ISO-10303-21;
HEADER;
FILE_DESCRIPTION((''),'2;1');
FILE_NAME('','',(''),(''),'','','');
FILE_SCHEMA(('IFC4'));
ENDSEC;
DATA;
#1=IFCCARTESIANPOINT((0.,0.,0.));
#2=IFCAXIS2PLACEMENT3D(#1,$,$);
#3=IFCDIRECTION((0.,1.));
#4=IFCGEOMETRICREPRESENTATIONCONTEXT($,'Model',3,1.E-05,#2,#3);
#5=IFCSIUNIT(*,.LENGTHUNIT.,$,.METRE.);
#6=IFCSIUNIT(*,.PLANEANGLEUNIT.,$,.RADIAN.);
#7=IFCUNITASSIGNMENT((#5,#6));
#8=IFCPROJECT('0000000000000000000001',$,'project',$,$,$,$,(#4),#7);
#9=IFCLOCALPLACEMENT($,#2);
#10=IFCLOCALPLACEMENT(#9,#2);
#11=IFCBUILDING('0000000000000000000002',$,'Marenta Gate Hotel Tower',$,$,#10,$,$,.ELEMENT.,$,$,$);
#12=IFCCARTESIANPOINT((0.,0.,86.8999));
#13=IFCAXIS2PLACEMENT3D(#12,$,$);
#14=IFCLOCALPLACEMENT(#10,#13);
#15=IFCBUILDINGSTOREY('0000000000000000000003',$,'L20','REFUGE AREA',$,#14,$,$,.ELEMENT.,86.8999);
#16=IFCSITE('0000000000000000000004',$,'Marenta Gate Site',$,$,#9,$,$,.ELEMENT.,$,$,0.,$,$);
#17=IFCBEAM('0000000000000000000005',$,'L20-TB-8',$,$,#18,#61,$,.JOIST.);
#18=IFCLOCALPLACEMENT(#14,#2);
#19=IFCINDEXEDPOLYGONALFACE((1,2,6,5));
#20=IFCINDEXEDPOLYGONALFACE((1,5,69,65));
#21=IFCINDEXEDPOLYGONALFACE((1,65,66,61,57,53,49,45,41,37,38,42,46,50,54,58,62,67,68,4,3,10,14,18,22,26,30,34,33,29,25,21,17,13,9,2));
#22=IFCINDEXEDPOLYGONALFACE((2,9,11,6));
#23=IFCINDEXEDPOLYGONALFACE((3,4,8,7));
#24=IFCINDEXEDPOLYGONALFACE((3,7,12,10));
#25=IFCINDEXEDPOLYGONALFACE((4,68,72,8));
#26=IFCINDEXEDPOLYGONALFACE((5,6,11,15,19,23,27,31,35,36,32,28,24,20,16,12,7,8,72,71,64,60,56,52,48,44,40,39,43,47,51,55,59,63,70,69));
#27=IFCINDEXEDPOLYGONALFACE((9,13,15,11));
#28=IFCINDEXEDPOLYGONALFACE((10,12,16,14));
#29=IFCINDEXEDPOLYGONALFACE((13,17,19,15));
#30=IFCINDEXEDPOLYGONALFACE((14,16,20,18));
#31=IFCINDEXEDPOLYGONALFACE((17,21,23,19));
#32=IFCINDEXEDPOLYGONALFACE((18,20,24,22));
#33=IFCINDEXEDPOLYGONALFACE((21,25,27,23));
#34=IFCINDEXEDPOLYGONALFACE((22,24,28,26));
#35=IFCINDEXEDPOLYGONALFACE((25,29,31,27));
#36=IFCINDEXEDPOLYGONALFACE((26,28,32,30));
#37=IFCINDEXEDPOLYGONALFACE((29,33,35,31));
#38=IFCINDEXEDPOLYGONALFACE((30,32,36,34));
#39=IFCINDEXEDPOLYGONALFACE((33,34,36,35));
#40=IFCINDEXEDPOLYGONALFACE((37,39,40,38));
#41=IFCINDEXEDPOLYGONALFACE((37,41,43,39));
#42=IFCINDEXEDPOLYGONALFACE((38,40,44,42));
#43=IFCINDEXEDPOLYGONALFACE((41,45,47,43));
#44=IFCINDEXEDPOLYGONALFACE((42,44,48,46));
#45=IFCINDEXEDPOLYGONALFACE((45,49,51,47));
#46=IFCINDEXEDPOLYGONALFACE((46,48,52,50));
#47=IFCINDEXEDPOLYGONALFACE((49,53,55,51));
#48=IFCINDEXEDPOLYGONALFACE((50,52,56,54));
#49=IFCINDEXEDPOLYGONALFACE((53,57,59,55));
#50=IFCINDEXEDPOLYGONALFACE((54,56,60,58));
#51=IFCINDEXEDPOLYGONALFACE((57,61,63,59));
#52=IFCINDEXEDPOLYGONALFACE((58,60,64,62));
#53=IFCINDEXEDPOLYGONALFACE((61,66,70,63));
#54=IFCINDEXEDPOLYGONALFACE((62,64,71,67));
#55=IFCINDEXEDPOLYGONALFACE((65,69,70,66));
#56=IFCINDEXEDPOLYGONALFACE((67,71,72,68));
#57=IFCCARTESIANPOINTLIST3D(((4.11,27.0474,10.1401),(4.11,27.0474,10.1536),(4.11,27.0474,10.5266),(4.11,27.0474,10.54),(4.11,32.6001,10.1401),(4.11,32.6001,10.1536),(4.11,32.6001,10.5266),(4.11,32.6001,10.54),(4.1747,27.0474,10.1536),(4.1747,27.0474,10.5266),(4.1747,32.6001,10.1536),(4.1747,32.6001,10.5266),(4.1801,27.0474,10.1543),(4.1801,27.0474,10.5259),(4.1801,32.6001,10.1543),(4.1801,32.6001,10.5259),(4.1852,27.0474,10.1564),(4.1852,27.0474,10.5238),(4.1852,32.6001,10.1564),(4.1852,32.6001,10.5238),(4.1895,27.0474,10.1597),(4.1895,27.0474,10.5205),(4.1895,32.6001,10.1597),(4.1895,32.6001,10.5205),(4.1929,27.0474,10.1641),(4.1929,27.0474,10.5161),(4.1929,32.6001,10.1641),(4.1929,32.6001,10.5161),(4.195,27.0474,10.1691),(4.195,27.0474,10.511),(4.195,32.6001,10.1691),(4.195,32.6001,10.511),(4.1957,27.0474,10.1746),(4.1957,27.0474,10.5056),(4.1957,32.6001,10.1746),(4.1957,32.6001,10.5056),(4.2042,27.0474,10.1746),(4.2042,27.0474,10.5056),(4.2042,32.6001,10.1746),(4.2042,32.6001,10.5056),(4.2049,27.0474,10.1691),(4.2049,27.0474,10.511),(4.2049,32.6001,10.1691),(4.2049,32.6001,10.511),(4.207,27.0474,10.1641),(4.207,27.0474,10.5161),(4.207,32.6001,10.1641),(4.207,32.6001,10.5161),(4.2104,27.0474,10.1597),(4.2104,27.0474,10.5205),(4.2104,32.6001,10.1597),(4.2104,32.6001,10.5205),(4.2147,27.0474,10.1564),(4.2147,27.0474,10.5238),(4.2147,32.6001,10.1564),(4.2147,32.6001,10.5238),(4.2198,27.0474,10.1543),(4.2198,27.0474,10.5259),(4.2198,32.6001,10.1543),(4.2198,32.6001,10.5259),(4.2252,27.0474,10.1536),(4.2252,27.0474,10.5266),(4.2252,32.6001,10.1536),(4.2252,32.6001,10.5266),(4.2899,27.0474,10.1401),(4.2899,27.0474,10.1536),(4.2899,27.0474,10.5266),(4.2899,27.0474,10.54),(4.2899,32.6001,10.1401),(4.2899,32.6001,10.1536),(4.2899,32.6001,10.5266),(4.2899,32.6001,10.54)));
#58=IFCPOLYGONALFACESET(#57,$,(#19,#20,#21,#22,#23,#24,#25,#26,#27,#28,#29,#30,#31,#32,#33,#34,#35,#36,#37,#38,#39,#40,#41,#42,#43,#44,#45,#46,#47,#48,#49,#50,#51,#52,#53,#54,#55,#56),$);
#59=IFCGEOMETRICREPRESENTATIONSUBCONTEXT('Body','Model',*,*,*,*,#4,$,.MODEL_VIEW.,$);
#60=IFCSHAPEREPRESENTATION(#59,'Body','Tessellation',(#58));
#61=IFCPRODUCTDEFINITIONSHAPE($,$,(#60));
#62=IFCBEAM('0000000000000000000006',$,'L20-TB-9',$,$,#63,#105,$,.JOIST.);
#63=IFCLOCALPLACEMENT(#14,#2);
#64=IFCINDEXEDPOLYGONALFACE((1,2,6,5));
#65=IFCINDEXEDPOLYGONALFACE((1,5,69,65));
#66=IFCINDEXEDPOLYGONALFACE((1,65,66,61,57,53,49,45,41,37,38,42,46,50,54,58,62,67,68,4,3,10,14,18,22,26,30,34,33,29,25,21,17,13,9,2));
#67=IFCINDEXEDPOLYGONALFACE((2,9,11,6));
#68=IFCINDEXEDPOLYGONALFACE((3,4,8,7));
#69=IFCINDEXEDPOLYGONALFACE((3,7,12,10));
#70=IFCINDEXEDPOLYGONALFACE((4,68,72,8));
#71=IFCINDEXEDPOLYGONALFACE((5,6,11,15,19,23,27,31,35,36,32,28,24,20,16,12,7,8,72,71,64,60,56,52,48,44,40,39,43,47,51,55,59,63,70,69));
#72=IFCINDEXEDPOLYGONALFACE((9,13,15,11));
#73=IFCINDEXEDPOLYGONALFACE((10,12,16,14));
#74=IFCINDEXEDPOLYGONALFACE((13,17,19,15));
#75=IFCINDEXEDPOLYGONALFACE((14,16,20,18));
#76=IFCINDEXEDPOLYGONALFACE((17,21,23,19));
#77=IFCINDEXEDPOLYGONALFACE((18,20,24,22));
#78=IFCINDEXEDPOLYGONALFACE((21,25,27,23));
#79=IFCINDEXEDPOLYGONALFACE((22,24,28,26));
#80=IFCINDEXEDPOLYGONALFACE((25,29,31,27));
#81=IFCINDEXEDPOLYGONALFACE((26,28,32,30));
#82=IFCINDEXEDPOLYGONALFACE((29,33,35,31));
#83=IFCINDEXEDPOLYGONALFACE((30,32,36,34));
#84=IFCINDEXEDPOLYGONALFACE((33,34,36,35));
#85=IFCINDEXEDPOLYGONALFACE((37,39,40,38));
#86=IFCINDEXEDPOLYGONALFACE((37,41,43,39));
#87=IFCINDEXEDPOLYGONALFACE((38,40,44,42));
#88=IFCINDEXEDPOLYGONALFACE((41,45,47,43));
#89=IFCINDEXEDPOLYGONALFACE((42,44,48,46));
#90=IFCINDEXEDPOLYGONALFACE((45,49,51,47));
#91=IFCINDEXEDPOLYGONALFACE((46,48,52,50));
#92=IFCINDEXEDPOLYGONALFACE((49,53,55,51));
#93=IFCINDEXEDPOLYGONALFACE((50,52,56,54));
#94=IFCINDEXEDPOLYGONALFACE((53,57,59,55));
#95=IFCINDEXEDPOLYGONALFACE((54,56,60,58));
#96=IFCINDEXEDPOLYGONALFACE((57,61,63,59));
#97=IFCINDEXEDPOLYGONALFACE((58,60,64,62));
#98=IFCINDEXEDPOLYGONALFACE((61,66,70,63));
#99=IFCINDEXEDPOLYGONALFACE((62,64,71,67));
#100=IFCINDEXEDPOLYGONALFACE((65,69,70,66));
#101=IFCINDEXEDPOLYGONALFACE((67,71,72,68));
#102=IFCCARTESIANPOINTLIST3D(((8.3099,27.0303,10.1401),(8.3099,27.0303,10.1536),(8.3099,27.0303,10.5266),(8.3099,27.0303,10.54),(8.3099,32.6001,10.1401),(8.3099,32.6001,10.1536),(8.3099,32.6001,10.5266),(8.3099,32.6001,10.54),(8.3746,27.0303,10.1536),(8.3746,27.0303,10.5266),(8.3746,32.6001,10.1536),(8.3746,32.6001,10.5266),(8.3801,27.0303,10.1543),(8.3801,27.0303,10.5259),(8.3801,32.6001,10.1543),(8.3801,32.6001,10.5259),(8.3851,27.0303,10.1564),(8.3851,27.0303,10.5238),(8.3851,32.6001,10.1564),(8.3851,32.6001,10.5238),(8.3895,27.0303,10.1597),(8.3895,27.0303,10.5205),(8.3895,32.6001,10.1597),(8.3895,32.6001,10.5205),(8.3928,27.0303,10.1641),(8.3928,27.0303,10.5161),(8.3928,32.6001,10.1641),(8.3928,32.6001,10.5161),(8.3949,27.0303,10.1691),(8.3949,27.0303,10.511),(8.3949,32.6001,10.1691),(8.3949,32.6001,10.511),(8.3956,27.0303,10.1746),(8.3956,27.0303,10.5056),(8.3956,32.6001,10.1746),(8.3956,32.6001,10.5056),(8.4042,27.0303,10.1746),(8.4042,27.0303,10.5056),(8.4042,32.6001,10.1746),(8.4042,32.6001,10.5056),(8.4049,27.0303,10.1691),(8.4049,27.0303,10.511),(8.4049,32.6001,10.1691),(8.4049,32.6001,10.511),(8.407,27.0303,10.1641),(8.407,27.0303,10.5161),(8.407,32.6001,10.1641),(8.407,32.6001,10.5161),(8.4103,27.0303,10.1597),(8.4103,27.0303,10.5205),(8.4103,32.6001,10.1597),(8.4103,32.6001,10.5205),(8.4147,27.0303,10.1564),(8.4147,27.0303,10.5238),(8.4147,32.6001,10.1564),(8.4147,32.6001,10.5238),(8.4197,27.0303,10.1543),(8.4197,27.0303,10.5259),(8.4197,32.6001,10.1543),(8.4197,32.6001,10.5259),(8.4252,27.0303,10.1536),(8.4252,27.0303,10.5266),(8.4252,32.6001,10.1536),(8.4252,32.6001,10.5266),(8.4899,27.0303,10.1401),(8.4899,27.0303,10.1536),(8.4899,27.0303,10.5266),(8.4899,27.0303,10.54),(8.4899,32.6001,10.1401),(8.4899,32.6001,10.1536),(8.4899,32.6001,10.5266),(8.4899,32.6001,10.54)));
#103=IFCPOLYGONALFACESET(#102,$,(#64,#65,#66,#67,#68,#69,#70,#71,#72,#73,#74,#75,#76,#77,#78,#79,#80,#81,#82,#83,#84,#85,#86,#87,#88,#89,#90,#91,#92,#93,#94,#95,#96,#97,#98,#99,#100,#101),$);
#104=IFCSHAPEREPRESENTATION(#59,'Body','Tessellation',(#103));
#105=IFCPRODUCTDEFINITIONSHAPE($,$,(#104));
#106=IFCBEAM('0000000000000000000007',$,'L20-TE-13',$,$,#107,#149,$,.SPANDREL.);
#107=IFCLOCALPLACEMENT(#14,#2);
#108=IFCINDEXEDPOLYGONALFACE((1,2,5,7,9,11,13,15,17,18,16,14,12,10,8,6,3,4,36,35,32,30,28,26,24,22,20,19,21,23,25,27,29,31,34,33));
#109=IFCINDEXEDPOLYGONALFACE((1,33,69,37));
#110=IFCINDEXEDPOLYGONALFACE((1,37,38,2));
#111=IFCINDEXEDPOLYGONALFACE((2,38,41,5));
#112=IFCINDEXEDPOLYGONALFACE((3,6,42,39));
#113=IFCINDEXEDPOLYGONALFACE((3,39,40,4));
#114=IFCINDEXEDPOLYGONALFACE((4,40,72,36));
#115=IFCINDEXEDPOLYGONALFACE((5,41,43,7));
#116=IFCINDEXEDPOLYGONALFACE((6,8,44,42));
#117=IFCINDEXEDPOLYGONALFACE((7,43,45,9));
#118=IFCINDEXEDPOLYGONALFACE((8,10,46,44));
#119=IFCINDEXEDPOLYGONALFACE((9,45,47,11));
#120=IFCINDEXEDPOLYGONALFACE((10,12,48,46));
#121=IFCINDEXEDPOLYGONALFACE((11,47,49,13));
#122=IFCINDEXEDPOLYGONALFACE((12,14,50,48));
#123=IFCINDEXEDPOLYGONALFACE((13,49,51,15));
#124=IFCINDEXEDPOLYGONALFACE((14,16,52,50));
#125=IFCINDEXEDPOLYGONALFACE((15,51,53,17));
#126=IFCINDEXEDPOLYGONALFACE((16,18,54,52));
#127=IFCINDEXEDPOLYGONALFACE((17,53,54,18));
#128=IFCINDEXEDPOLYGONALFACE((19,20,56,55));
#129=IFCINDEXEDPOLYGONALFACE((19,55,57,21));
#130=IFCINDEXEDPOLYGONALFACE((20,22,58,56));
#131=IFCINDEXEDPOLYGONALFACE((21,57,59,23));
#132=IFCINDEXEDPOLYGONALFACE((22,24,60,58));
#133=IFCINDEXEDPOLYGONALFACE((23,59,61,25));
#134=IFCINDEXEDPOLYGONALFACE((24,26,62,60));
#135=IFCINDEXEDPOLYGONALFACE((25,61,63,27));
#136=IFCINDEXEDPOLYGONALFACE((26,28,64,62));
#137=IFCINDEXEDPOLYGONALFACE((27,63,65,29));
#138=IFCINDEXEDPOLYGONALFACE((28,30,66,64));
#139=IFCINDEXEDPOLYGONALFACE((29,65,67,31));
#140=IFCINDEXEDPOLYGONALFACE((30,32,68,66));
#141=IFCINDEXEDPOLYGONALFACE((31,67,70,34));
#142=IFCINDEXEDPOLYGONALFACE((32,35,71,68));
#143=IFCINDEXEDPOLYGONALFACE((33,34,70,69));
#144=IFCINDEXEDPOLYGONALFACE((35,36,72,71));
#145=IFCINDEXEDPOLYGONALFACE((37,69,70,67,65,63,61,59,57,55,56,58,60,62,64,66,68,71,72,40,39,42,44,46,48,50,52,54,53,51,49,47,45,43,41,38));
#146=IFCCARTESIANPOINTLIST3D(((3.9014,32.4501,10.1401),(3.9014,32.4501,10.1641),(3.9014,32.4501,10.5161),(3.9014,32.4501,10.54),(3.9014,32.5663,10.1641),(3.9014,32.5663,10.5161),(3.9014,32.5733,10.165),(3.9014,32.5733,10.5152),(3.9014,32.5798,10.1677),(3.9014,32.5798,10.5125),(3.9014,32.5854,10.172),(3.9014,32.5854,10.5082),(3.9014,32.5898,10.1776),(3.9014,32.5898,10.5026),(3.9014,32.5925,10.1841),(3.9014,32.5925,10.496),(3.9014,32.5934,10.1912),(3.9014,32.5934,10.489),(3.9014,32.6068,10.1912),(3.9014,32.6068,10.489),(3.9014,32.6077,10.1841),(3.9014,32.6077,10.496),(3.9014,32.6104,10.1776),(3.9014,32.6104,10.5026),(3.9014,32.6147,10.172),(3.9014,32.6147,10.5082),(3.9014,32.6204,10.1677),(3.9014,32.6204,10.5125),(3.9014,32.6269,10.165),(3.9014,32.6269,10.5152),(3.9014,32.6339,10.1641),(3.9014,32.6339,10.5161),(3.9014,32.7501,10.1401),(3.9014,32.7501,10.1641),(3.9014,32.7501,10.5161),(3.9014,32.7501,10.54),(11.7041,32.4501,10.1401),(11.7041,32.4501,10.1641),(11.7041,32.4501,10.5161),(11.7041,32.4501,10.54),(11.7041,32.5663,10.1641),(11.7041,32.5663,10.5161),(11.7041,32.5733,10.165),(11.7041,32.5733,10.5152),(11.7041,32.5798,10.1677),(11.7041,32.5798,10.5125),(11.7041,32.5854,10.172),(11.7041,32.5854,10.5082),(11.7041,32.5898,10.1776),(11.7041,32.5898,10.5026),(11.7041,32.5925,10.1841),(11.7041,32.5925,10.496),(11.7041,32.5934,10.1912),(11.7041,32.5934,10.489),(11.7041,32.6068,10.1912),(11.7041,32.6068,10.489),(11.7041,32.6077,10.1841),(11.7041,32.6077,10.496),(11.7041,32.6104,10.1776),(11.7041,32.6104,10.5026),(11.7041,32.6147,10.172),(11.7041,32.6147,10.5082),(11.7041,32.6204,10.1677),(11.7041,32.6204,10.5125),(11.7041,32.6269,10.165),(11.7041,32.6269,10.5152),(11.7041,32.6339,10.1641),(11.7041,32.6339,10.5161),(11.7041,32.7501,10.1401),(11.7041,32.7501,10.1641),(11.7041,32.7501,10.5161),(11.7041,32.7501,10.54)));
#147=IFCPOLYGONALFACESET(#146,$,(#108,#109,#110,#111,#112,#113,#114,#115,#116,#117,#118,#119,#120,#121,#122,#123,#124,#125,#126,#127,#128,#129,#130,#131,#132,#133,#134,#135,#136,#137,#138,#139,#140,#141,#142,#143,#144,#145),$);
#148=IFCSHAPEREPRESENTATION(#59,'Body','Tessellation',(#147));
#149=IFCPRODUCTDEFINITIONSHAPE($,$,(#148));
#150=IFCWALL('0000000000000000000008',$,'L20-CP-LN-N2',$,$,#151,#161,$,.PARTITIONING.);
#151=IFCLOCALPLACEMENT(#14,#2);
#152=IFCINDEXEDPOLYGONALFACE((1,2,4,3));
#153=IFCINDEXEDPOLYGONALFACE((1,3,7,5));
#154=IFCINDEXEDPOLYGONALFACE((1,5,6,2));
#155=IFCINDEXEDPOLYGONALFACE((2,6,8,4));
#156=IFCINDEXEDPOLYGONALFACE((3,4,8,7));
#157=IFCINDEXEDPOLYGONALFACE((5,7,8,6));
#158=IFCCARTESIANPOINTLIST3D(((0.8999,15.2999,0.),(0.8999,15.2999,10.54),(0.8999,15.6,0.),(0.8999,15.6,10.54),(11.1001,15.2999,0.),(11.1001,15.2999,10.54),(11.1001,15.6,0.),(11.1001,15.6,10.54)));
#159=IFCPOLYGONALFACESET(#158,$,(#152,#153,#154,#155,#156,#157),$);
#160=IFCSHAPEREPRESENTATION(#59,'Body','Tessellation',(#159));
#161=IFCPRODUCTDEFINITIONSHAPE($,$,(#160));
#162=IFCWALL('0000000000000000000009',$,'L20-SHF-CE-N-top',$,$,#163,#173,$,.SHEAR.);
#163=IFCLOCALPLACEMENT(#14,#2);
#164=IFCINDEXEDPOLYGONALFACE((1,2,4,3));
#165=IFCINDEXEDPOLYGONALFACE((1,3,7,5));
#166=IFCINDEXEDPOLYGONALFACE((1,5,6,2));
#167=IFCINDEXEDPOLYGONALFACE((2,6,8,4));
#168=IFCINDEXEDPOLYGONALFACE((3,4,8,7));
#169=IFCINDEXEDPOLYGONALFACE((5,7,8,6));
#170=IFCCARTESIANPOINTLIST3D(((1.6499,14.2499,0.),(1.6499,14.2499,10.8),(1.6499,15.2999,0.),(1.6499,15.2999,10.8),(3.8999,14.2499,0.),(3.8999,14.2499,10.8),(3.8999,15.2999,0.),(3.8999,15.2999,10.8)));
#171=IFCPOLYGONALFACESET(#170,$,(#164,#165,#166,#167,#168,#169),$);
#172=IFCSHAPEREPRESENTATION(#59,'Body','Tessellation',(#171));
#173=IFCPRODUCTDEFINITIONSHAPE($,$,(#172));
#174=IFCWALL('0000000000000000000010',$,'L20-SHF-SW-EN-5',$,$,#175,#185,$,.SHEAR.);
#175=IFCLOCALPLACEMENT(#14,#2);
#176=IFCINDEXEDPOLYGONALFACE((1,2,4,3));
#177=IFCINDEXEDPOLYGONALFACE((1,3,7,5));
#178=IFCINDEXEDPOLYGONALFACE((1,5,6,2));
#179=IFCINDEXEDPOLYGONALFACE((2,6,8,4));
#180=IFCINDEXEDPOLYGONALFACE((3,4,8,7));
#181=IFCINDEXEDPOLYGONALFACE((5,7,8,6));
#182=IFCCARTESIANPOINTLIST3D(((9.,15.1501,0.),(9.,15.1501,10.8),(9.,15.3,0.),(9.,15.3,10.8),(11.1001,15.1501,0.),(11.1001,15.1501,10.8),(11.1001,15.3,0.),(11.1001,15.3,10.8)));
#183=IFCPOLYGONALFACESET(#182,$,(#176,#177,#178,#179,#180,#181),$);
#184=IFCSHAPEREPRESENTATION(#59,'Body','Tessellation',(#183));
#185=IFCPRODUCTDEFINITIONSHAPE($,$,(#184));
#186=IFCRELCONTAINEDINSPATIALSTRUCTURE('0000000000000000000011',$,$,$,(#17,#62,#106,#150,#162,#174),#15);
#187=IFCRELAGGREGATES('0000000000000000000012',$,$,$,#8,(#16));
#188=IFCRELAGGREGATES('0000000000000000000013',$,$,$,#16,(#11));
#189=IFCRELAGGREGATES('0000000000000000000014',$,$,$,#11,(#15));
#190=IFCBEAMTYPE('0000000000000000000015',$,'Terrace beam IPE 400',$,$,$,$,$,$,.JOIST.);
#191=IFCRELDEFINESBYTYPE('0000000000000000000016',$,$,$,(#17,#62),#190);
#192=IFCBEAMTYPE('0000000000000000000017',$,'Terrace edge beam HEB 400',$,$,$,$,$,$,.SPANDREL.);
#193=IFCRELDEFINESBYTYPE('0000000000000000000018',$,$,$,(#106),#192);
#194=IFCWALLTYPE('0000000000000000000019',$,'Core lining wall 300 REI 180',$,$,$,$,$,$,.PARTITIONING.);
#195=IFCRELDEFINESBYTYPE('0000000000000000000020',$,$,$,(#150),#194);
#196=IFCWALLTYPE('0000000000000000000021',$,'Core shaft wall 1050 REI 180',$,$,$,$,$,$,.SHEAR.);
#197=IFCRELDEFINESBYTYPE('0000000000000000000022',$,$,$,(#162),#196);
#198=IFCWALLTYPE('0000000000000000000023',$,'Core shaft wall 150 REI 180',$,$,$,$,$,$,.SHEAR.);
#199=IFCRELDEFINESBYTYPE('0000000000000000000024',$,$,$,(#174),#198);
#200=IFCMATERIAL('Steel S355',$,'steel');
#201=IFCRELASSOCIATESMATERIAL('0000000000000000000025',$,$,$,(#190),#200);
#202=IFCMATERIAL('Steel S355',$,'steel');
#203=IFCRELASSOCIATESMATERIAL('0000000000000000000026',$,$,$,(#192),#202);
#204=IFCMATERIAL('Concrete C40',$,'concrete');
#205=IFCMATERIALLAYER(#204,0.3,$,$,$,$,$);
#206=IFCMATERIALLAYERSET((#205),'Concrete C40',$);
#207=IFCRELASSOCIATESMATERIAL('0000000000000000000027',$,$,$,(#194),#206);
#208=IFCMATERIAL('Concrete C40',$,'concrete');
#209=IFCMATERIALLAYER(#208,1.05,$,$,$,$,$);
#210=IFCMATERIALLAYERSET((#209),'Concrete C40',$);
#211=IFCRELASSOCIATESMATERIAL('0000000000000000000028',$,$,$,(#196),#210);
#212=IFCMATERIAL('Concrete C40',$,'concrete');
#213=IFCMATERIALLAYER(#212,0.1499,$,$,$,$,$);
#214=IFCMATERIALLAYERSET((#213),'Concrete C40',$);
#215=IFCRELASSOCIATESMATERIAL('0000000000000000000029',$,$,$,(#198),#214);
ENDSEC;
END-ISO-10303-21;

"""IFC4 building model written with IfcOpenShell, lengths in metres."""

from ifc_helpers import new_model, si_unit, direction, frame, frame_2d, origin, origin_2d, place, context, subcontext, project, spatial, rectangle, i_section, extrude, material, layer, layer_set, material_profile, profile_set, type_object, element, save


model = new_model("IFC4")

# Units and contexts
model_context = context("Model", 3, precision=1e-05, world=origin(), true_north=direction((0.0, 1.0)))
body_context = subcontext(model_context, "Body", "Model", "MODEL_VIEW")
ifc_project = project(units=[si_unit("LENGTHUNIT", "METRE"), si_unit("PLANEANGLEUNIT", "RADIAN")], contexts=[model_context])

# Site, building, storey
site_placement = place(None, origin())
site = spatial("IfcSite", under=ifc_project, at=site_placement, Name="Marenta Gate Site", CompositionType="ELEMENT", RefElevation=0.0)
building_placement = place(site_placement, origin())
building = spatial("IfcBuilding", under=site, at=building_placement, Name="Marenta Gate Hotel Tower", CompositionType="ELEMENT")
storey_placement = place(building_placement, frame((0.0, 0.0, 86.8999)))
storey = spatial("IfcBuildingStorey", under=building, at=storey_placement, Name="L20", Description="REFUGE AREA", CompositionType="ELEMENT", Elevation=86.8999)

# Beams
ifc_material_1 = material(Name="Steel S355", Category="steel")
ifc_material_profile_1 = material_profile(ifc_material_1, i_section(OverallWidth=0.1799, OverallDepth=0.3999, WebThickness=0.0085, FlangeThickness=0.0134, FilletRadius=0.021, at=origin_2d()), Name="IPE 400")
ifc_profile_set_1 = profile_set([ifc_material_profile_1], Name="Steel S355")
beam_type_1 = type_object("IfcBeamType", Name="Terrace beam IPE 400", PredefinedType="JOIST", material=ifc_profile_set_1)
beam_1_placement = place(storey_placement, frame((4.2, 27.0474, 10.3401), z_axis=(0.0, 1.0, 0.0), x_axis=(-1.0, 0.0, 0.0)))
element("IfcBeam", 1, at=beam_1_placement, inside=storey, type_object=beam_type_1, Name="L20-TB-8", PredefinedType="JOIST", context=body_context, shape_type="SweptSolid", body=[
    extrude(i_section(OverallWidth=0.1799, OverallDepth=0.3999, WebThickness=0.0085, FlangeThickness=0.0134, FilletRadius=0.021, at=origin_2d()), origin(), (0.0, 0.0, 1.0), 5.5527),
])
beam_2_placement = place(storey_placement, frame((8.3999, 27.0303, 10.3401), z_axis=(0.0, 1.0, 0.0), x_axis=(-1.0, 0.0, 0.0)))
element("IfcBeam", 2, at=beam_2_placement, inside=storey, type_object=beam_type_1, Name="L20-TB-9", PredefinedType="JOIST", context=body_context, shape_type="SweptSolid", body=[
    extrude(i_section(OverallWidth=0.1799, OverallDepth=0.3999, WebThickness=0.0085, FlangeThickness=0.0134, FilletRadius=0.021, at=origin_2d()), origin(), (0.0, 0.0, 1.0), 5.5698),
])
ifc_material_2 = material(Name="Steel S355", Category="steel")
ifc_material_profile_2 = material_profile(ifc_material_2, i_section(OverallWidth=0.3, OverallDepth=0.3999, WebThickness=0.0134, FlangeThickness=0.0239, FilletRadius=0.0271, at=origin_2d()), Name="HEB 400")
ifc_profile_set_2 = profile_set([ifc_material_profile_2], Name="Steel S355")
beam_type_2 = type_object("IfcBeamType", Name="Terrace edge beam HEB 400", PredefinedType="SPANDREL", material=ifc_profile_set_2)
beam_3_placement = place(storey_placement, frame((3.9014, 32.6001, 10.3401), z_axis=(1.0, 0.0, 0.0), x_axis=(0.0, 1.0, 0.0)))
element("IfcBeam", 3, at=beam_3_placement, inside=storey, type_object=beam_type_2, Name="L20-TE-13", PredefinedType="SPANDREL", context=body_context, shape_type="SweptSolid", body=[
    extrude(i_section(OverallWidth=0.3, OverallDepth=0.3999, WebThickness=0.0134, FlangeThickness=0.0239, FilletRadius=0.0271, at=origin_2d()), origin(), (0.0, 0.0, 1.0), 7.8027),
])

# Walls
ifc_material_3 = material(Name="Concrete C40", Category="concrete")
ifc_layer_1 = layer(ifc_material_3, 0.3)
ifc_layer_set_1 = layer_set([ifc_layer_1], Name="Concrete C40")
wall_type_1 = type_object("IfcWallType", Name="Core lining wall 300 REI 180", PredefinedType="PARTITIONING", material=ifc_layer_set_1)
wall_1_placement = place(storey_placement, frame((0.8999, 15.45, 0.0), z_axis=(0.0, 0.0, 1.0), x_axis=(1.0, 0.0, 0.0)))
element("IfcWall", 4, at=wall_1_placement, inside=storey, type_object=wall_type_1, Name="L20-CP-LN-N2", PredefinedType="PARTITIONING", context=body_context, shape_type="SweptSolid", body=[
    extrude(rectangle(XDim=10.2002, YDim=0.3, at=frame_2d((5.1001, 0.0))), origin(), (0.0, 0.0, 1.0), 10.54),
])
ifc_material_4 = material(Name="Concrete C40", Category="concrete")
ifc_layer_2 = layer(ifc_material_4, 1.05)
ifc_layer_set_2 = layer_set([ifc_layer_2], Name="Concrete C40")
wall_type_2 = type_object("IfcWallType", Name="Core shaft wall 1050 REI 180", PredefinedType="SHEAR", material=ifc_layer_set_2)
wall_2_placement = place(storey_placement, frame((1.6499, 14.7749, 0.0), z_axis=(0.0, 0.0, 1.0), x_axis=(1.0, 0.0, 0.0)))
element("IfcWall", 5, at=wall_2_placement, inside=storey, type_object=wall_type_2, Name="L20-SHF-CE-N-top", PredefinedType="SHEAR", context=body_context, shape_type="SweptSolid", body=[
    extrude(rectangle(XDim=2.25, YDim=1.05, at=frame_2d((1.125, 0.0))), origin(), (0.0, 0.0, 1.0), 10.8),
])
ifc_material_5 = material(Name="Concrete C40", Category="concrete")
ifc_layer_3 = layer(ifc_material_5, 0.1499)
ifc_layer_set_3 = layer_set([ifc_layer_3], Name="Concrete C40")
wall_type_3 = type_object("IfcWallType", Name="Core shaft wall 150 REI 180", PredefinedType="SHEAR", material=ifc_layer_set_3)
wall_3_placement = place(storey_placement, frame((9.0, 15.2251, 0.0), z_axis=(0.0, 0.0, 1.0), x_axis=(1.0, 0.0, 0.0)))
element("IfcWall", 6, at=wall_3_placement, inside=storey, type_object=wall_type_3, Name="L20-SHF-SW-EN-5", PredefinedType="SHEAR", context=body_context, shape_type="SweptSolid", body=[
    extrude(rectangle(XDim=2.1001, YDim=0.1499, at=frame_2d((1.05, 0.0))), origin(), (0.0, 0.0, 1.0), 10.8),
])

save(model, "model.ifc")
